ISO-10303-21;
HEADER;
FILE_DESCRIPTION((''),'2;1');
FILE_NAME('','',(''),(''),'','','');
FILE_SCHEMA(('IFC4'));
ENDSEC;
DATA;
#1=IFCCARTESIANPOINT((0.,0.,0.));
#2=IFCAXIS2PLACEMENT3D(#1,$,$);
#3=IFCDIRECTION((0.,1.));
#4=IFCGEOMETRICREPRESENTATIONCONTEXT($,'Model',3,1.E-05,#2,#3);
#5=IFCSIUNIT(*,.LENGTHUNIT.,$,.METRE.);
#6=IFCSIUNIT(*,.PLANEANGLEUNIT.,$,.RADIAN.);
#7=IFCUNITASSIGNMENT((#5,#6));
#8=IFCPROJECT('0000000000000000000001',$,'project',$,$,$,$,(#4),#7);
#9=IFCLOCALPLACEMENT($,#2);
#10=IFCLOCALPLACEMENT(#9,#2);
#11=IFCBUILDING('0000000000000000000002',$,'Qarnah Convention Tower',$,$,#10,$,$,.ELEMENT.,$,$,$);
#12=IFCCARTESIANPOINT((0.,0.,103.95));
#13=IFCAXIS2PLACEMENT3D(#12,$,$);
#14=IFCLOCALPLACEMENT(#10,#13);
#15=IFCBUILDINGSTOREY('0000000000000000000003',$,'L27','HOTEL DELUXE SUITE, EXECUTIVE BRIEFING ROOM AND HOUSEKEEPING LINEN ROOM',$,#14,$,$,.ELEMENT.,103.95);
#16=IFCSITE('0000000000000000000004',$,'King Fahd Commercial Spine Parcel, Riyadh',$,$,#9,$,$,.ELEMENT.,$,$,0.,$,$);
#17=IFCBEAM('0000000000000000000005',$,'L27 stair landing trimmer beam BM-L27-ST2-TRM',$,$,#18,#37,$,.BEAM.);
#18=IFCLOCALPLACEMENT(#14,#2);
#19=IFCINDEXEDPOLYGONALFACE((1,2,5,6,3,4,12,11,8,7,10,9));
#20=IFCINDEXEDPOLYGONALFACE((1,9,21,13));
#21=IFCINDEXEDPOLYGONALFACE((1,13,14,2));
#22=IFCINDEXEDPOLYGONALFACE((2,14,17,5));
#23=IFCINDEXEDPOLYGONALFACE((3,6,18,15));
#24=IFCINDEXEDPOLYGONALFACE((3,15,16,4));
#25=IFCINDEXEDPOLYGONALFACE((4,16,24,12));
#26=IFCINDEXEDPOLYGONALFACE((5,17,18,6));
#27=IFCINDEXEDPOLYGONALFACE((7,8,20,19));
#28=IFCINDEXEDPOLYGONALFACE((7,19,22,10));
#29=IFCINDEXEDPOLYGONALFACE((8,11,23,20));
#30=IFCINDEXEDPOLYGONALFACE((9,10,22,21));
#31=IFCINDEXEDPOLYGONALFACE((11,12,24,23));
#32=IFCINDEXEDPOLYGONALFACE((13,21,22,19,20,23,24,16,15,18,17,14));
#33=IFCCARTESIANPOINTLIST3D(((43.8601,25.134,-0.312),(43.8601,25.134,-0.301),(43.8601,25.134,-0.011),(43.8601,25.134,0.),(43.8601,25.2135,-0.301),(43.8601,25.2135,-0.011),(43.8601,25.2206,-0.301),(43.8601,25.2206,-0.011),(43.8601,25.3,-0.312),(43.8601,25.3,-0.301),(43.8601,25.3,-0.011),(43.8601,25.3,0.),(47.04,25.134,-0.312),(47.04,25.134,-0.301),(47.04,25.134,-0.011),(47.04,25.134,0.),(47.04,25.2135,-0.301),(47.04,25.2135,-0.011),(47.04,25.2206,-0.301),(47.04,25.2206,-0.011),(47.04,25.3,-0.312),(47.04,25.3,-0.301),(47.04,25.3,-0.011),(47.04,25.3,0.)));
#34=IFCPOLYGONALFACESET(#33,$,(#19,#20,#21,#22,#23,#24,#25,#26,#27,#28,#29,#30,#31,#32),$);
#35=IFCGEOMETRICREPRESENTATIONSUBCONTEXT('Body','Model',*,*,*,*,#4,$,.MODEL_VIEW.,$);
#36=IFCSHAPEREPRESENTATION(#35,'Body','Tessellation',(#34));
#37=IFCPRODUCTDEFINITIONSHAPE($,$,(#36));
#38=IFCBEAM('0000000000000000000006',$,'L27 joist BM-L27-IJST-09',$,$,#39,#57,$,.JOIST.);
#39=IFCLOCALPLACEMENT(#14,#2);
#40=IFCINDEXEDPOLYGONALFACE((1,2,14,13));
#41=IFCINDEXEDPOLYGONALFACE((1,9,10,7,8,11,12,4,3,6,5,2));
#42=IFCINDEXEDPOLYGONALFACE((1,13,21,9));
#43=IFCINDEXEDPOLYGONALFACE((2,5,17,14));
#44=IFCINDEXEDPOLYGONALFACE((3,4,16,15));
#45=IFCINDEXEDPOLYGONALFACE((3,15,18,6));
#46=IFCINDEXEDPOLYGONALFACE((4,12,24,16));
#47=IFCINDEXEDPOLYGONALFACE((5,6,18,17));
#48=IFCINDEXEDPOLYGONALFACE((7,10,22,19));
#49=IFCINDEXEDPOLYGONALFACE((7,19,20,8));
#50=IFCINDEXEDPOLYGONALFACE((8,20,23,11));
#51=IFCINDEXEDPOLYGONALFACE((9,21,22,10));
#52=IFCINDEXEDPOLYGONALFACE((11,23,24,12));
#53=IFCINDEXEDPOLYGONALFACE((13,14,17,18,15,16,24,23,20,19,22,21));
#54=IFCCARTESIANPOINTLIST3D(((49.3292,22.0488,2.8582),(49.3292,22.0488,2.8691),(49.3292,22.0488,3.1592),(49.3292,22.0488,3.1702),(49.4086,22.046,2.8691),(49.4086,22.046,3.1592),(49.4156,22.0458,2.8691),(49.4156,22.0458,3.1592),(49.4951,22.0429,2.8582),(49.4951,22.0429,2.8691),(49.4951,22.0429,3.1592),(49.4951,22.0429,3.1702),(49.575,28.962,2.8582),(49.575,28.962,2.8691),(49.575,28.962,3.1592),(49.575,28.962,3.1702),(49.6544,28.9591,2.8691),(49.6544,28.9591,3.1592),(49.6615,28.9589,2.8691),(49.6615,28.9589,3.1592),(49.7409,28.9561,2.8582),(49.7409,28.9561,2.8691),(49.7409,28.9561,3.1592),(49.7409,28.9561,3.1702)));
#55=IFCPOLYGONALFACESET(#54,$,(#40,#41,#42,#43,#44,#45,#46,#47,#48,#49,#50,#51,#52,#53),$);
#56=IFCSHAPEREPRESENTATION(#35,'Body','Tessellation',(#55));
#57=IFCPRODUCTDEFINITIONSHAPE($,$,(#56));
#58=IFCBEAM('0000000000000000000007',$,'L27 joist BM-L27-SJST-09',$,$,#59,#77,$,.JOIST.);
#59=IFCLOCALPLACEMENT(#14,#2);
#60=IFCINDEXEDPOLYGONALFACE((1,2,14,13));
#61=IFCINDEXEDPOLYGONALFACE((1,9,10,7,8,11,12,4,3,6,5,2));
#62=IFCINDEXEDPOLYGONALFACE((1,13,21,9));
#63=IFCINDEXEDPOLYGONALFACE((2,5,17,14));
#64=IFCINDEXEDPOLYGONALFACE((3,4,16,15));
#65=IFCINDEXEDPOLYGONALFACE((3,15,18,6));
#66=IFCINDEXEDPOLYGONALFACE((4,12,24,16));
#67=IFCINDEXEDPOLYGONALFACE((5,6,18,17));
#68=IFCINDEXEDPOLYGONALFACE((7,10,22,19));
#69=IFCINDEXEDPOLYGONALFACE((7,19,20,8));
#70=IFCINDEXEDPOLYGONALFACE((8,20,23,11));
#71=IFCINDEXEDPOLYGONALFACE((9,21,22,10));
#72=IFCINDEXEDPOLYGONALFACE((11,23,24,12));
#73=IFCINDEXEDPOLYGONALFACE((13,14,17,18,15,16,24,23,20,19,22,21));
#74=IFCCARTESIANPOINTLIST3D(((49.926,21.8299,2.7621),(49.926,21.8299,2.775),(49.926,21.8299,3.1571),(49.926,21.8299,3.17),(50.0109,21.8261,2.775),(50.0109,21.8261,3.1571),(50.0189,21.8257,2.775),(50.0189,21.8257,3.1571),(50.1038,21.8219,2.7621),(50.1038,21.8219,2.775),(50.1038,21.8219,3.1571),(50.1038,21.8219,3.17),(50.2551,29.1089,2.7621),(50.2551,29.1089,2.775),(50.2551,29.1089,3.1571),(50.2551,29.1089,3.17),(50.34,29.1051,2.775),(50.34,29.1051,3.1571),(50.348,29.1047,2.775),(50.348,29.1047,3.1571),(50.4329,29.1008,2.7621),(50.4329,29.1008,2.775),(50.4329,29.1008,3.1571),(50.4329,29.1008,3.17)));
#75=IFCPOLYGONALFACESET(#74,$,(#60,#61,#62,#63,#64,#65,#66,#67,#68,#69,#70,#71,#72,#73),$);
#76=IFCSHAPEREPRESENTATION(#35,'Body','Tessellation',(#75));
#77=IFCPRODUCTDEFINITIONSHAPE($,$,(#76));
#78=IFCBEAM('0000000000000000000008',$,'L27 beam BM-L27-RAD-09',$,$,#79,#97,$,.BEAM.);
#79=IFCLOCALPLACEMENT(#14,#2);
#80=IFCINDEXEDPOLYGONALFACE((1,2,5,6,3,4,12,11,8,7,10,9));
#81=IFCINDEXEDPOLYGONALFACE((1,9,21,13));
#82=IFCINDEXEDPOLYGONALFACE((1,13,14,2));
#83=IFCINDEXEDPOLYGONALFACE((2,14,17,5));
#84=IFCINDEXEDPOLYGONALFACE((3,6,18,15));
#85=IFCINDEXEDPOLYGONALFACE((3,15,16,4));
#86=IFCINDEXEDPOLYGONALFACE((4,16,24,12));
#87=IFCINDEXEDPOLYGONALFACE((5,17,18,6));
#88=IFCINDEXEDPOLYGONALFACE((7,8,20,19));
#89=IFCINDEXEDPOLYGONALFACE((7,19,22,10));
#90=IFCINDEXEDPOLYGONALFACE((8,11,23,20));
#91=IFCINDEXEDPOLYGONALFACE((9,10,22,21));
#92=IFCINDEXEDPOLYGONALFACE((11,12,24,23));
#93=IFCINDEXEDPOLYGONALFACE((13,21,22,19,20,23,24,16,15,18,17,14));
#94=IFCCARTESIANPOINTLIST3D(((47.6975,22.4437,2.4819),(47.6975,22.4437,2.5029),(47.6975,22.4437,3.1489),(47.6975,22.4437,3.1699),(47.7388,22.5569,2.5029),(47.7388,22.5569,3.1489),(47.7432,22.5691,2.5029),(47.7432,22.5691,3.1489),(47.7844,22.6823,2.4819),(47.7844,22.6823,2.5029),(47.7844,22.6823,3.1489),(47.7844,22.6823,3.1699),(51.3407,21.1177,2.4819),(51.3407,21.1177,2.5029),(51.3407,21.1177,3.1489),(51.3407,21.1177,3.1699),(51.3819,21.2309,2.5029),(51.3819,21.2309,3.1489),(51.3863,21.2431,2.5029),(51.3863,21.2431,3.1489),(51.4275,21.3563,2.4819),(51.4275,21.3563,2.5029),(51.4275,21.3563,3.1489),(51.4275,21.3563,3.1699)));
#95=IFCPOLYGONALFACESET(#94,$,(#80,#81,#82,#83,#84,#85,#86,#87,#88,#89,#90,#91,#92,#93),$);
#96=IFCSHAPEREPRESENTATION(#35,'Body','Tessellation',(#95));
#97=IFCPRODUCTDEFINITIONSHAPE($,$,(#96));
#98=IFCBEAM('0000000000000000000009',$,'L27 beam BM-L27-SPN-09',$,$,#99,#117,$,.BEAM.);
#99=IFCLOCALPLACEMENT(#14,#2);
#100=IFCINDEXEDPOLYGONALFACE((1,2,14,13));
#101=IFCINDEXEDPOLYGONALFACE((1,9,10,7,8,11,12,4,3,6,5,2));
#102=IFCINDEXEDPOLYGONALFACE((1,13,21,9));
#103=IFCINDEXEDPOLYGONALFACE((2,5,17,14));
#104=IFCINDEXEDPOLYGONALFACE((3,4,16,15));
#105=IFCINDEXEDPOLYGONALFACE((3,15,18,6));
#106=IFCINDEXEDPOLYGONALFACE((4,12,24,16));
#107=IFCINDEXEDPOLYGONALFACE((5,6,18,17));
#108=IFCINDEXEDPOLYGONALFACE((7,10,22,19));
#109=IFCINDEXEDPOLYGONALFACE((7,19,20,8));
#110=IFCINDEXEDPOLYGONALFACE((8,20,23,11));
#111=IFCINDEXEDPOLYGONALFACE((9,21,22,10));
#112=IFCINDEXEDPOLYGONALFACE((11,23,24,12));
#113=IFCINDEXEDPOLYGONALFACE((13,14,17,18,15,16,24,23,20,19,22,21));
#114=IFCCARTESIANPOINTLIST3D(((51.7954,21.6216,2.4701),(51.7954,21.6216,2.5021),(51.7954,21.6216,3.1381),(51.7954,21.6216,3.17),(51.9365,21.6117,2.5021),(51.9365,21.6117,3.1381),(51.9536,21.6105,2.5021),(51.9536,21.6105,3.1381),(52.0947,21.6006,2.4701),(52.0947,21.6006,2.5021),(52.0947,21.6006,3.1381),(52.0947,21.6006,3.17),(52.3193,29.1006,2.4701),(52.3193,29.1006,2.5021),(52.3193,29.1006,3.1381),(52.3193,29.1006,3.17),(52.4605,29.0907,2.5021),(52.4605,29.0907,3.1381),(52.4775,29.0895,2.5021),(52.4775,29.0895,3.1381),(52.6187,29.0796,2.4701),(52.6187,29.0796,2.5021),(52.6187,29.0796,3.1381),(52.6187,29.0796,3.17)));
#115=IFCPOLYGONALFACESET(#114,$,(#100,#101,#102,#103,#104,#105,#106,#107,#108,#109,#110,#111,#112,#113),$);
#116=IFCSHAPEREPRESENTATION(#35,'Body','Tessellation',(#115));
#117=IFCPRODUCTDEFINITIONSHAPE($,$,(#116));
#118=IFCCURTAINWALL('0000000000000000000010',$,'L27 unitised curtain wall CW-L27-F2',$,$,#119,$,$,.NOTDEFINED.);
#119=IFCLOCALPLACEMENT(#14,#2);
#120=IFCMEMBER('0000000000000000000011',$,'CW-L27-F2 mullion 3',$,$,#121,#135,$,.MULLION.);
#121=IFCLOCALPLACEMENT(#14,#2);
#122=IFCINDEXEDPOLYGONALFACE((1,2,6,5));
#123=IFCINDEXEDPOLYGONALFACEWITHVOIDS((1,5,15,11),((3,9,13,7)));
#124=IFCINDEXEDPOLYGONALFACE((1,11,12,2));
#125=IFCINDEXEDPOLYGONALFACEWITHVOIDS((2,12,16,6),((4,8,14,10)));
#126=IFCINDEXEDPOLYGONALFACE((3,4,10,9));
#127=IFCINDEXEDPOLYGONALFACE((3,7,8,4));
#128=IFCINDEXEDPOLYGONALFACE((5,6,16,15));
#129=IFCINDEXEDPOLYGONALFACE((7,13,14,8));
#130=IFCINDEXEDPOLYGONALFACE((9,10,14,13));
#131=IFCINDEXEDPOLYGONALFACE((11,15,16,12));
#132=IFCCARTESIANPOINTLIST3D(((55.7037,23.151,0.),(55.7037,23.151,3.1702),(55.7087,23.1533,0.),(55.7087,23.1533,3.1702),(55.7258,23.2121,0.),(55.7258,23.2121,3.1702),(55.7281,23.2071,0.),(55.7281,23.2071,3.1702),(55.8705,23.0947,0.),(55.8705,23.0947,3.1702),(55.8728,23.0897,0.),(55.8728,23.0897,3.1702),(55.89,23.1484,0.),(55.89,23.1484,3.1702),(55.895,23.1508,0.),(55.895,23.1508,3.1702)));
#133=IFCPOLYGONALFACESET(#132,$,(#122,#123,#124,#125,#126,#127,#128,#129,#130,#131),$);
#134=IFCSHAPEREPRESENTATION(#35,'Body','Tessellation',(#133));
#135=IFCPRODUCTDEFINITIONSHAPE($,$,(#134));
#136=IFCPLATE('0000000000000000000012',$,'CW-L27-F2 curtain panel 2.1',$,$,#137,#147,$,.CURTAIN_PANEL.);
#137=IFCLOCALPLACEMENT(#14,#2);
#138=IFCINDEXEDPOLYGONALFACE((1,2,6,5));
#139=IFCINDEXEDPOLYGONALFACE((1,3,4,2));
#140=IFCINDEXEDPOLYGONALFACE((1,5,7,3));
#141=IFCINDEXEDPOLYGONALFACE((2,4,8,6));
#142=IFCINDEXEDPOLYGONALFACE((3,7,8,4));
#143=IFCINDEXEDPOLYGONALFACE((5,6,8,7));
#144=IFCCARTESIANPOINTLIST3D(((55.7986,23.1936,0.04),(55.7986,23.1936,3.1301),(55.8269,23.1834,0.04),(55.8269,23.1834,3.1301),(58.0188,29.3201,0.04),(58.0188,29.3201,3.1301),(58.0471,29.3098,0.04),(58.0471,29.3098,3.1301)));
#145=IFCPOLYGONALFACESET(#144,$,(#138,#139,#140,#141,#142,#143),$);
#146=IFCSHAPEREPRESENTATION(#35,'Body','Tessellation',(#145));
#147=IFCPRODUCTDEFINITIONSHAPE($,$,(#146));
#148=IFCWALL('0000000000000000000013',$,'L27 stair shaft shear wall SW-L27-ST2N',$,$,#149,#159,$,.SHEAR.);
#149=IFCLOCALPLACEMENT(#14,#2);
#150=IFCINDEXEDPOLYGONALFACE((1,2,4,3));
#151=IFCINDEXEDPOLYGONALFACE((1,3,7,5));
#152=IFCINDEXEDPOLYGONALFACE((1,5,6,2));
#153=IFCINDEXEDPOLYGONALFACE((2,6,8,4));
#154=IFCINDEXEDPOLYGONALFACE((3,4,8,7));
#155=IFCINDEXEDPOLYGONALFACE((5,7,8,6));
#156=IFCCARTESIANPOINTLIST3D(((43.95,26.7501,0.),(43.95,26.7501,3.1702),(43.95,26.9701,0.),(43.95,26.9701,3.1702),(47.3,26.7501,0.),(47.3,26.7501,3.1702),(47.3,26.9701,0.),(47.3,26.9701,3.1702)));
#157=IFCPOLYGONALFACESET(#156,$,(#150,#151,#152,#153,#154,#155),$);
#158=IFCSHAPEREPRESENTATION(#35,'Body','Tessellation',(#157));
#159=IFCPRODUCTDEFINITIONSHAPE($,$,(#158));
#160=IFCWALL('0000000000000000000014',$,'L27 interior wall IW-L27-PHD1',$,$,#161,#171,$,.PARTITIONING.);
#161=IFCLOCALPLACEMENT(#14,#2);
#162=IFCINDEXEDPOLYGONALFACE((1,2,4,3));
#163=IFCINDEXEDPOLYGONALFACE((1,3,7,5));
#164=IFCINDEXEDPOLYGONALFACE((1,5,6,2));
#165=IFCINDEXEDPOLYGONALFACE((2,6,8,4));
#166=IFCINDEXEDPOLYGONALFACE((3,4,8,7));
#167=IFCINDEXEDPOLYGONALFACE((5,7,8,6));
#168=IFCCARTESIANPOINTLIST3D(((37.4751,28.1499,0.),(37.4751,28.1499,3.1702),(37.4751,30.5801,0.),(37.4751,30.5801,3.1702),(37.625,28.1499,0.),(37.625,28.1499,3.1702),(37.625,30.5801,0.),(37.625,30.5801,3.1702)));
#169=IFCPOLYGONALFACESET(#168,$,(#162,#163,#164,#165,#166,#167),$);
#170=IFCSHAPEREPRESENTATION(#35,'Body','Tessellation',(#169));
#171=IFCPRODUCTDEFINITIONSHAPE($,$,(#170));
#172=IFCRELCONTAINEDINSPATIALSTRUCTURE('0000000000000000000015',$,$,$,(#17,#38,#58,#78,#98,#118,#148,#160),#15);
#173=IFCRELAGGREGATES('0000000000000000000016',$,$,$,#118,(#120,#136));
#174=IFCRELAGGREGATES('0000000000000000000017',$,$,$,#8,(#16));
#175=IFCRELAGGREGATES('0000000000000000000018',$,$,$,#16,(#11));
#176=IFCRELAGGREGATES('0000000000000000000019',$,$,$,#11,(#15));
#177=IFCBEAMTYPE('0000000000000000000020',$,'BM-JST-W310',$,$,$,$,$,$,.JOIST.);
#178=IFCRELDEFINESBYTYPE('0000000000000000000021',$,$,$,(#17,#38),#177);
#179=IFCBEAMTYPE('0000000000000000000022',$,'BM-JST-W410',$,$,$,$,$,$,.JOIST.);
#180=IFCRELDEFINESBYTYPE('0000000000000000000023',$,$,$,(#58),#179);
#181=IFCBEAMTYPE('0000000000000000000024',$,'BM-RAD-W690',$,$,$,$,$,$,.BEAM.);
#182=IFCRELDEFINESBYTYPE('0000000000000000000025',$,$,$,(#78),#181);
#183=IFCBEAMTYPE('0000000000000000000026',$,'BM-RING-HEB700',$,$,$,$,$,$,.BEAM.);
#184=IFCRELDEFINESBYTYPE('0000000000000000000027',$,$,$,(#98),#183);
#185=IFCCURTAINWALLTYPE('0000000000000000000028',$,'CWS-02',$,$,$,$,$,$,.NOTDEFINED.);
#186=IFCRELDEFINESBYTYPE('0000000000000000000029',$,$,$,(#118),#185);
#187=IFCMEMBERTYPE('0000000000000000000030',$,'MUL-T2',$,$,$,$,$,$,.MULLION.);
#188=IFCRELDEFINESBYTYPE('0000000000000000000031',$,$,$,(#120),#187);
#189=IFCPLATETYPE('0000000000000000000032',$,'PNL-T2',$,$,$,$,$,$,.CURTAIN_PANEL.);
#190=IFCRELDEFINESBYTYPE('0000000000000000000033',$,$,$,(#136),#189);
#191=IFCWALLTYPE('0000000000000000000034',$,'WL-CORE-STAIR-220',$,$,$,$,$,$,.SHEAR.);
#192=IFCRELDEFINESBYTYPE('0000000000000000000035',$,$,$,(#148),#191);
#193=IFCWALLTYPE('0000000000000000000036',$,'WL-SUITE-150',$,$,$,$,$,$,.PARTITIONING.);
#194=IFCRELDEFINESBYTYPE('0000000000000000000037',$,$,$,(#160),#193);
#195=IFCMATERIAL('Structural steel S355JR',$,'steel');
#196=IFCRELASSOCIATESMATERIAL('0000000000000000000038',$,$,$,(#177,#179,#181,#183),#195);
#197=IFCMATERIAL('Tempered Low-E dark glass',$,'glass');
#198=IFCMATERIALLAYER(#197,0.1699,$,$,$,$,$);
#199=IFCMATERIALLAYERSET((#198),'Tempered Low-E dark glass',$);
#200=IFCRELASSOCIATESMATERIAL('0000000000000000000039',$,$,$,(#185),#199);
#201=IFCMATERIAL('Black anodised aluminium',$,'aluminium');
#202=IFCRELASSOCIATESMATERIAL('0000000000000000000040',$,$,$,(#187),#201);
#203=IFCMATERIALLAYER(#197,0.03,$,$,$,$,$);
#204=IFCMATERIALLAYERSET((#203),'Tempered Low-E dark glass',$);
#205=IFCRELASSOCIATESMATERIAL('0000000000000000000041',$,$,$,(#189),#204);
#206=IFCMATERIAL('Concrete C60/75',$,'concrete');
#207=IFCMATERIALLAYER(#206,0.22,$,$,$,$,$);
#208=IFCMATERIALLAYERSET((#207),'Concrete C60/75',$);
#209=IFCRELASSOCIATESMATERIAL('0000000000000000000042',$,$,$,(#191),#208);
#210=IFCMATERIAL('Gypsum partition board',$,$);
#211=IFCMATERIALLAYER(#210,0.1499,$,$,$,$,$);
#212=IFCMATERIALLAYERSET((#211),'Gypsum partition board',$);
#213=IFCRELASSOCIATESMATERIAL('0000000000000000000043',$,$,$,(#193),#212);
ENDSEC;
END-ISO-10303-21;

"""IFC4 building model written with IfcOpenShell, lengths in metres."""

from ifc_helpers import new_model, si_unit, direction, frame, frame_2d, origin, origin_2d, place, context, subcontext, project, spatial, rectangle, hollow_rectangle, i_section, extrude, material, layer, layer_set, material_profile, profile_set, type_object, element, aggregate, save


model = new_model("IFC4")

# Units and contexts
model_context = context("Model", 3, precision=1e-05, world=origin(), true_north=direction((0.0, 1.0)))
body_context = subcontext(model_context, "Body", "Model", "MODEL_VIEW")
ifc_project = project(units=[si_unit("LENGTHUNIT", "METRE"), si_unit("PLANEANGLEUNIT", "RADIAN")], contexts=[model_context])

# Site, building, storey
site_placement = place(None, origin())
site = spatial("IfcSite", under=ifc_project, at=site_placement, Name="King Fahd Commercial Spine Parcel, Riyadh", CompositionType="ELEMENT", RefElevation=0.0)
building_placement = place(site_placement, origin())
building = spatial("IfcBuilding", under=site, at=building_placement, Name="Qarnah Convention Tower", CompositionType="ELEMENT")
storey_placement = place(building_placement, frame((0.0, 0.0, 103.95)))
storey = spatial("IfcBuildingStorey", under=building, at=storey_placement, Name="L27", Description="HOTEL DELUXE SUITE, EXECUTIVE BRIEFING ROOM AND HOUSEKEEPING LINEN ROOM", CompositionType="ELEMENT", Elevation=103.95)

# Beams
ifc_material_1 = material(Name="Structural steel S355JR", Category="steel")
ifc_material_profile_1 = material_profile(ifc_material_1, i_section(OverallWidth=0.166, OverallDepth=0.312, WebThickness=0.0071, FlangeThickness=0.011, at=origin_2d()), Name="W310X45")
ifc_profile_set_1 = profile_set([ifc_material_profile_1], Name="Structural steel S355JR")
beam_type_1 = type_object("IfcBeamType", Name="BM-JST-W310", PredefinedType="JOIST", material=ifc_profile_set_1)
beam_1_placement = place(storey_placement, frame((43.8601, 25.217, -0.156), z_axis=(1.0, 0.0, 0.0), x_axis=(0.0, 1.0, 0.0)))
element("IfcBeam", 1, at=beam_1_placement, inside=storey, type_object=beam_type_1, Name="L27 stair landing trimmer beam BM-L27-ST2-TRM", PredefinedType="BEAM", context=body_context, shape_type="SweptSolid", body=[
    extrude(i_section(OverallWidth=0.166, OverallDepth=0.312, WebThickness=0.0071, FlangeThickness=0.011, at=origin_2d()), origin(), (0.0, 0.0, 1.0), 3.1799),
])
beam_2_placement = place(storey_placement, frame((49.4121, 22.0459, 3.0142), z_axis=(0.03554, 0.999368, 0.0), x_axis=(-0.999368, 0.03554, 0.0)))
element("IfcBeam", 2, at=beam_2_placement, inside=storey, type_object=beam_type_1, Name="L27 joist BM-L27-IJST-09", PredefinedType="JOIST", context=body_context, shape_type="SweptSolid", body=[
    extrude(i_section(OverallWidth=0.166, OverallDepth=0.312, WebThickness=0.0071, FlangeThickness=0.011, at=origin_2d()), origin(), (0.0, 0.0, 1.0), 6.9175),
])
ifc_material_profile_2 = material_profile(ifc_material_1, i_section(OverallWidth=0.178, OverallDepth=0.408, WebThickness=0.0081, FlangeThickness=0.0129, at=origin_2d()), Name="W410X60")
ifc_profile_set_2 = profile_set([ifc_material_profile_2], Name="Structural steel S355JR")
beam_type_2 = type_object("IfcBeamType", Name="BM-JST-W410", PredefinedType="JOIST", material=ifc_profile_set_2)
beam_3_placement = place(storey_placement, frame((50.0149, 21.8259, 2.9661), z_axis=(0.045166, 0.998979, 0.0), x_axis=(-0.998979, 0.045166, 0.0)))
element("IfcBeam", 3, at=beam_3_placement, inside=storey, type_object=beam_type_2, Name="L27 joist BM-L27-SJST-09", PredefinedType="JOIST", context=body_context, shape_type="SweptSolid", body=[
    extrude(i_section(OverallWidth=0.178, OverallDepth=0.408, WebThickness=0.0081, FlangeThickness=0.0129, at=origin_2d()), origin(), (0.0, 0.0, 1.0), 7.2864),
])
ifc_material_profile_3 = material_profile(ifc_material_1, i_section(OverallWidth=0.2539, OverallDepth=0.688, WebThickness=0.0129, FlangeThickness=0.021, at=origin_2d()), Name="W690X152")
ifc_profile_set_3 = profile_set([ifc_material_profile_3], Name="Structural steel S355JR")
beam_type_3 = type_object("IfcBeamType", Name="BM-RAD-W690", PredefinedType="BEAM", material=ifc_profile_set_3)
beam_4_placement = place(storey_placement, frame((47.741, 22.563, 2.8259), z_axis=(0.939696, -0.342011, 0.0), x_axis=(0.342011, 0.939696, 0.0)))
element("IfcBeam", 4, at=beam_4_placement, inside=storey, type_object=beam_type_3, Name="L27 beam BM-L27-RAD-09", PredefinedType="BEAM", context=body_context, shape_type="SweptSolid", body=[
    extrude(i_section(OverallWidth=0.2539, OverallDepth=0.688, WebThickness=0.0129, FlangeThickness=0.021, at=origin_2d()), origin(), (0.0, 0.0, 1.0), 3.877),
])
ifc_material_profile_4 = material_profile(ifc_material_1, i_section(OverallWidth=0.3, OverallDepth=0.7, WebThickness=0.0171, FlangeThickness=0.032, at=origin_2d()), Name="HEB700")
ifc_profile_set_4 = profile_set([ifc_material_profile_4], Name="Structural steel S355JR")
beam_type_4 = type_object("IfcBeamType", Name="BM-RING-HEB700", PredefinedType="BEAM", material=ifc_profile_set_4)
beam_5_placement = place(storey_placement, frame((51.9451, 21.6111, 2.8201), z_axis=(0.069882, 0.997555, 0.0), x_axis=(-0.997555, 0.069882, 0.0)))
element("IfcBeam", 5, at=beam_5_placement, inside=storey, type_object=beam_type_4, Name="L27 beam BM-L27-SPN-09", PredefinedType="BEAM", context=body_context, shape_type="SweptSolid", body=[
    extrude(i_section(OverallWidth=0.3, OverallDepth=0.7, WebThickness=0.0171, FlangeThickness=0.032, at=origin_2d()), origin(), (0.0, 0.0, 1.0), 7.4973),
])

# Curtain wall, member, plate
ifc_material_2 = material(Name="Tempered Low-E dark glass", Category="glass")
ifc_layer_1 = layer(ifc_material_2, 0.1699)
ifc_layer_set_1 = layer_set([ifc_layer_1], Name="Tempered Low-E dark glass")
curtain_wall_type = type_object("IfcCurtainWallType", Name="CWS-02", PredefinedType="NOTDEFINED", material=ifc_layer_set_1)
curtain_wall_placement = place(storey_placement, origin())
curtain_wall = element("IfcCurtainWall", 6, at=curtain_wall_placement, inside=storey, type_object=curtain_wall_type, Name="L27 unitised curtain wall CW-L27-F2", PredefinedType="NOTDEFINED")
ifc_material_3 = material(Name="Black anodised aluminium", Category="aluminium")
ifc_material_profile_5 = material_profile(ifc_material_3, hollow_rectangle(XDim=0.0649, YDim=0.1799, WallThickness=0.0039, at=origin_2d()), Name="MUL-65X180")
ifc_profile_set_5 = profile_set([ifc_material_profile_5], Name="Black anodised aluminium")
member_type = type_object("IfcMemberType", Name="MUL-T2", PredefinedType="MULLION", material=ifc_profile_set_5)
member_placement = place(storey_placement, frame((55.7993, 23.1509, 0.0), z_axis=(0.0, 0.0, 1.0), x_axis=(-0.340708, -0.940169, 0.0)))
member = element("IfcMember", 7, at=member_placement, type_object=member_type, Name="CW-L27-F2 mullion 3", PredefinedType="MULLION", context=body_context, shape_type="SweptSolid", body=[
    extrude(hollow_rectangle(XDim=0.0649, YDim=0.1799, WallThickness=0.0039, at=origin_2d()), origin(), (0.0, 0.0, 1.0), 3.1702),
])
ifc_layer_2 = layer(ifc_material_2, 0.03)
ifc_layer_set_2 = layer_set([ifc_layer_2], Name="Tempered Low-E dark glass")
plate_type = type_object("IfcPlateType", Name="PNL-T2", PredefinedType="CURTAIN_PANEL", material=ifc_layer_set_2)
plate_placement = place(storey_placement, frame((56.9229, 26.2517, 0.04), z_axis=(0.0, 0.0, 1.0), x_axis=(-0.340708, -0.940169, 0.0)))
plate = element("IfcPlate", 8, at=plate_placement, type_object=plate_type, Name="CW-L27-F2 curtain panel 2.1", PredefinedType="CURTAIN_PANEL", context=body_context, shape_type="SweptSolid", body=[
    extrude(rectangle(XDim=6.5164, YDim=0.03, at=origin_2d()), origin(), (0.0, 0.0, 1.0), 3.0901),
])
aggregate(curtain_wall, [member, plate])

# Walls
ifc_material_4 = material(Name="Concrete C60/75", Category="concrete")
ifc_layer_3 = layer(ifc_material_4, 0.22)
ifc_layer_set_3 = layer_set([ifc_layer_3], Name="Concrete C60/75")
wall_type_1 = type_object("IfcWallType", Name="WL-CORE-STAIR-220", PredefinedType="SHEAR", material=ifc_layer_set_3)
wall_placement = place(storey_placement, frame((43.95, 26.8601, 0.0), z_axis=(0.0, 0.0, 1.0), x_axis=(1.0, 0.0, 0.0)))
element("IfcWall", 9, at=wall_placement, inside=storey, type_object=wall_type_1, Name="L27 stair shaft shear wall SW-L27-ST2N", PredefinedType="SHEAR", context=body_context, shape_type="SweptSolid", body=[
    extrude(rectangle(XDim=3.3501, YDim=0.22, at=frame_2d((1.675, 0.0))), origin(), (0.0, 0.0, 1.0), 3.1702),
])
ifc_material_5 = material(Name="Gypsum partition board")
ifc_layer_4 = layer(ifc_material_5, 0.1499)
ifc_layer_set_4 = layer_set([ifc_layer_4], Name="Gypsum partition board")
wall_type_2 = type_object("IfcWallType", Name="WL-SUITE-150", PredefinedType="PARTITIONING", material=ifc_layer_set_4)
for number, where, z_axis, x_axis, name in (
    (10, (37.55, 28.1499, 0.0), (0.0, 0.0, 1.0), (0.0, 1.0, 0.0), "L27 interior wall IW-L27-PHD1"),
):
    element("IfcWall", number, at=place(storey_placement, frame(where, z_axis=z_axis, x_axis=x_axis)), inside=storey, type_object=wall_type_2, Name=name, PredefinedType="PARTITIONING", context=body_context, shape_type="SweptSolid", body=[
        extrude(rectangle(XDim=2.4302, YDim=0.1499, at=frame_2d((1.2151, 0.0))), origin(), (0.0, 0.0, 1.0), 3.1702),
    ])

save(model, "model.ifc")
